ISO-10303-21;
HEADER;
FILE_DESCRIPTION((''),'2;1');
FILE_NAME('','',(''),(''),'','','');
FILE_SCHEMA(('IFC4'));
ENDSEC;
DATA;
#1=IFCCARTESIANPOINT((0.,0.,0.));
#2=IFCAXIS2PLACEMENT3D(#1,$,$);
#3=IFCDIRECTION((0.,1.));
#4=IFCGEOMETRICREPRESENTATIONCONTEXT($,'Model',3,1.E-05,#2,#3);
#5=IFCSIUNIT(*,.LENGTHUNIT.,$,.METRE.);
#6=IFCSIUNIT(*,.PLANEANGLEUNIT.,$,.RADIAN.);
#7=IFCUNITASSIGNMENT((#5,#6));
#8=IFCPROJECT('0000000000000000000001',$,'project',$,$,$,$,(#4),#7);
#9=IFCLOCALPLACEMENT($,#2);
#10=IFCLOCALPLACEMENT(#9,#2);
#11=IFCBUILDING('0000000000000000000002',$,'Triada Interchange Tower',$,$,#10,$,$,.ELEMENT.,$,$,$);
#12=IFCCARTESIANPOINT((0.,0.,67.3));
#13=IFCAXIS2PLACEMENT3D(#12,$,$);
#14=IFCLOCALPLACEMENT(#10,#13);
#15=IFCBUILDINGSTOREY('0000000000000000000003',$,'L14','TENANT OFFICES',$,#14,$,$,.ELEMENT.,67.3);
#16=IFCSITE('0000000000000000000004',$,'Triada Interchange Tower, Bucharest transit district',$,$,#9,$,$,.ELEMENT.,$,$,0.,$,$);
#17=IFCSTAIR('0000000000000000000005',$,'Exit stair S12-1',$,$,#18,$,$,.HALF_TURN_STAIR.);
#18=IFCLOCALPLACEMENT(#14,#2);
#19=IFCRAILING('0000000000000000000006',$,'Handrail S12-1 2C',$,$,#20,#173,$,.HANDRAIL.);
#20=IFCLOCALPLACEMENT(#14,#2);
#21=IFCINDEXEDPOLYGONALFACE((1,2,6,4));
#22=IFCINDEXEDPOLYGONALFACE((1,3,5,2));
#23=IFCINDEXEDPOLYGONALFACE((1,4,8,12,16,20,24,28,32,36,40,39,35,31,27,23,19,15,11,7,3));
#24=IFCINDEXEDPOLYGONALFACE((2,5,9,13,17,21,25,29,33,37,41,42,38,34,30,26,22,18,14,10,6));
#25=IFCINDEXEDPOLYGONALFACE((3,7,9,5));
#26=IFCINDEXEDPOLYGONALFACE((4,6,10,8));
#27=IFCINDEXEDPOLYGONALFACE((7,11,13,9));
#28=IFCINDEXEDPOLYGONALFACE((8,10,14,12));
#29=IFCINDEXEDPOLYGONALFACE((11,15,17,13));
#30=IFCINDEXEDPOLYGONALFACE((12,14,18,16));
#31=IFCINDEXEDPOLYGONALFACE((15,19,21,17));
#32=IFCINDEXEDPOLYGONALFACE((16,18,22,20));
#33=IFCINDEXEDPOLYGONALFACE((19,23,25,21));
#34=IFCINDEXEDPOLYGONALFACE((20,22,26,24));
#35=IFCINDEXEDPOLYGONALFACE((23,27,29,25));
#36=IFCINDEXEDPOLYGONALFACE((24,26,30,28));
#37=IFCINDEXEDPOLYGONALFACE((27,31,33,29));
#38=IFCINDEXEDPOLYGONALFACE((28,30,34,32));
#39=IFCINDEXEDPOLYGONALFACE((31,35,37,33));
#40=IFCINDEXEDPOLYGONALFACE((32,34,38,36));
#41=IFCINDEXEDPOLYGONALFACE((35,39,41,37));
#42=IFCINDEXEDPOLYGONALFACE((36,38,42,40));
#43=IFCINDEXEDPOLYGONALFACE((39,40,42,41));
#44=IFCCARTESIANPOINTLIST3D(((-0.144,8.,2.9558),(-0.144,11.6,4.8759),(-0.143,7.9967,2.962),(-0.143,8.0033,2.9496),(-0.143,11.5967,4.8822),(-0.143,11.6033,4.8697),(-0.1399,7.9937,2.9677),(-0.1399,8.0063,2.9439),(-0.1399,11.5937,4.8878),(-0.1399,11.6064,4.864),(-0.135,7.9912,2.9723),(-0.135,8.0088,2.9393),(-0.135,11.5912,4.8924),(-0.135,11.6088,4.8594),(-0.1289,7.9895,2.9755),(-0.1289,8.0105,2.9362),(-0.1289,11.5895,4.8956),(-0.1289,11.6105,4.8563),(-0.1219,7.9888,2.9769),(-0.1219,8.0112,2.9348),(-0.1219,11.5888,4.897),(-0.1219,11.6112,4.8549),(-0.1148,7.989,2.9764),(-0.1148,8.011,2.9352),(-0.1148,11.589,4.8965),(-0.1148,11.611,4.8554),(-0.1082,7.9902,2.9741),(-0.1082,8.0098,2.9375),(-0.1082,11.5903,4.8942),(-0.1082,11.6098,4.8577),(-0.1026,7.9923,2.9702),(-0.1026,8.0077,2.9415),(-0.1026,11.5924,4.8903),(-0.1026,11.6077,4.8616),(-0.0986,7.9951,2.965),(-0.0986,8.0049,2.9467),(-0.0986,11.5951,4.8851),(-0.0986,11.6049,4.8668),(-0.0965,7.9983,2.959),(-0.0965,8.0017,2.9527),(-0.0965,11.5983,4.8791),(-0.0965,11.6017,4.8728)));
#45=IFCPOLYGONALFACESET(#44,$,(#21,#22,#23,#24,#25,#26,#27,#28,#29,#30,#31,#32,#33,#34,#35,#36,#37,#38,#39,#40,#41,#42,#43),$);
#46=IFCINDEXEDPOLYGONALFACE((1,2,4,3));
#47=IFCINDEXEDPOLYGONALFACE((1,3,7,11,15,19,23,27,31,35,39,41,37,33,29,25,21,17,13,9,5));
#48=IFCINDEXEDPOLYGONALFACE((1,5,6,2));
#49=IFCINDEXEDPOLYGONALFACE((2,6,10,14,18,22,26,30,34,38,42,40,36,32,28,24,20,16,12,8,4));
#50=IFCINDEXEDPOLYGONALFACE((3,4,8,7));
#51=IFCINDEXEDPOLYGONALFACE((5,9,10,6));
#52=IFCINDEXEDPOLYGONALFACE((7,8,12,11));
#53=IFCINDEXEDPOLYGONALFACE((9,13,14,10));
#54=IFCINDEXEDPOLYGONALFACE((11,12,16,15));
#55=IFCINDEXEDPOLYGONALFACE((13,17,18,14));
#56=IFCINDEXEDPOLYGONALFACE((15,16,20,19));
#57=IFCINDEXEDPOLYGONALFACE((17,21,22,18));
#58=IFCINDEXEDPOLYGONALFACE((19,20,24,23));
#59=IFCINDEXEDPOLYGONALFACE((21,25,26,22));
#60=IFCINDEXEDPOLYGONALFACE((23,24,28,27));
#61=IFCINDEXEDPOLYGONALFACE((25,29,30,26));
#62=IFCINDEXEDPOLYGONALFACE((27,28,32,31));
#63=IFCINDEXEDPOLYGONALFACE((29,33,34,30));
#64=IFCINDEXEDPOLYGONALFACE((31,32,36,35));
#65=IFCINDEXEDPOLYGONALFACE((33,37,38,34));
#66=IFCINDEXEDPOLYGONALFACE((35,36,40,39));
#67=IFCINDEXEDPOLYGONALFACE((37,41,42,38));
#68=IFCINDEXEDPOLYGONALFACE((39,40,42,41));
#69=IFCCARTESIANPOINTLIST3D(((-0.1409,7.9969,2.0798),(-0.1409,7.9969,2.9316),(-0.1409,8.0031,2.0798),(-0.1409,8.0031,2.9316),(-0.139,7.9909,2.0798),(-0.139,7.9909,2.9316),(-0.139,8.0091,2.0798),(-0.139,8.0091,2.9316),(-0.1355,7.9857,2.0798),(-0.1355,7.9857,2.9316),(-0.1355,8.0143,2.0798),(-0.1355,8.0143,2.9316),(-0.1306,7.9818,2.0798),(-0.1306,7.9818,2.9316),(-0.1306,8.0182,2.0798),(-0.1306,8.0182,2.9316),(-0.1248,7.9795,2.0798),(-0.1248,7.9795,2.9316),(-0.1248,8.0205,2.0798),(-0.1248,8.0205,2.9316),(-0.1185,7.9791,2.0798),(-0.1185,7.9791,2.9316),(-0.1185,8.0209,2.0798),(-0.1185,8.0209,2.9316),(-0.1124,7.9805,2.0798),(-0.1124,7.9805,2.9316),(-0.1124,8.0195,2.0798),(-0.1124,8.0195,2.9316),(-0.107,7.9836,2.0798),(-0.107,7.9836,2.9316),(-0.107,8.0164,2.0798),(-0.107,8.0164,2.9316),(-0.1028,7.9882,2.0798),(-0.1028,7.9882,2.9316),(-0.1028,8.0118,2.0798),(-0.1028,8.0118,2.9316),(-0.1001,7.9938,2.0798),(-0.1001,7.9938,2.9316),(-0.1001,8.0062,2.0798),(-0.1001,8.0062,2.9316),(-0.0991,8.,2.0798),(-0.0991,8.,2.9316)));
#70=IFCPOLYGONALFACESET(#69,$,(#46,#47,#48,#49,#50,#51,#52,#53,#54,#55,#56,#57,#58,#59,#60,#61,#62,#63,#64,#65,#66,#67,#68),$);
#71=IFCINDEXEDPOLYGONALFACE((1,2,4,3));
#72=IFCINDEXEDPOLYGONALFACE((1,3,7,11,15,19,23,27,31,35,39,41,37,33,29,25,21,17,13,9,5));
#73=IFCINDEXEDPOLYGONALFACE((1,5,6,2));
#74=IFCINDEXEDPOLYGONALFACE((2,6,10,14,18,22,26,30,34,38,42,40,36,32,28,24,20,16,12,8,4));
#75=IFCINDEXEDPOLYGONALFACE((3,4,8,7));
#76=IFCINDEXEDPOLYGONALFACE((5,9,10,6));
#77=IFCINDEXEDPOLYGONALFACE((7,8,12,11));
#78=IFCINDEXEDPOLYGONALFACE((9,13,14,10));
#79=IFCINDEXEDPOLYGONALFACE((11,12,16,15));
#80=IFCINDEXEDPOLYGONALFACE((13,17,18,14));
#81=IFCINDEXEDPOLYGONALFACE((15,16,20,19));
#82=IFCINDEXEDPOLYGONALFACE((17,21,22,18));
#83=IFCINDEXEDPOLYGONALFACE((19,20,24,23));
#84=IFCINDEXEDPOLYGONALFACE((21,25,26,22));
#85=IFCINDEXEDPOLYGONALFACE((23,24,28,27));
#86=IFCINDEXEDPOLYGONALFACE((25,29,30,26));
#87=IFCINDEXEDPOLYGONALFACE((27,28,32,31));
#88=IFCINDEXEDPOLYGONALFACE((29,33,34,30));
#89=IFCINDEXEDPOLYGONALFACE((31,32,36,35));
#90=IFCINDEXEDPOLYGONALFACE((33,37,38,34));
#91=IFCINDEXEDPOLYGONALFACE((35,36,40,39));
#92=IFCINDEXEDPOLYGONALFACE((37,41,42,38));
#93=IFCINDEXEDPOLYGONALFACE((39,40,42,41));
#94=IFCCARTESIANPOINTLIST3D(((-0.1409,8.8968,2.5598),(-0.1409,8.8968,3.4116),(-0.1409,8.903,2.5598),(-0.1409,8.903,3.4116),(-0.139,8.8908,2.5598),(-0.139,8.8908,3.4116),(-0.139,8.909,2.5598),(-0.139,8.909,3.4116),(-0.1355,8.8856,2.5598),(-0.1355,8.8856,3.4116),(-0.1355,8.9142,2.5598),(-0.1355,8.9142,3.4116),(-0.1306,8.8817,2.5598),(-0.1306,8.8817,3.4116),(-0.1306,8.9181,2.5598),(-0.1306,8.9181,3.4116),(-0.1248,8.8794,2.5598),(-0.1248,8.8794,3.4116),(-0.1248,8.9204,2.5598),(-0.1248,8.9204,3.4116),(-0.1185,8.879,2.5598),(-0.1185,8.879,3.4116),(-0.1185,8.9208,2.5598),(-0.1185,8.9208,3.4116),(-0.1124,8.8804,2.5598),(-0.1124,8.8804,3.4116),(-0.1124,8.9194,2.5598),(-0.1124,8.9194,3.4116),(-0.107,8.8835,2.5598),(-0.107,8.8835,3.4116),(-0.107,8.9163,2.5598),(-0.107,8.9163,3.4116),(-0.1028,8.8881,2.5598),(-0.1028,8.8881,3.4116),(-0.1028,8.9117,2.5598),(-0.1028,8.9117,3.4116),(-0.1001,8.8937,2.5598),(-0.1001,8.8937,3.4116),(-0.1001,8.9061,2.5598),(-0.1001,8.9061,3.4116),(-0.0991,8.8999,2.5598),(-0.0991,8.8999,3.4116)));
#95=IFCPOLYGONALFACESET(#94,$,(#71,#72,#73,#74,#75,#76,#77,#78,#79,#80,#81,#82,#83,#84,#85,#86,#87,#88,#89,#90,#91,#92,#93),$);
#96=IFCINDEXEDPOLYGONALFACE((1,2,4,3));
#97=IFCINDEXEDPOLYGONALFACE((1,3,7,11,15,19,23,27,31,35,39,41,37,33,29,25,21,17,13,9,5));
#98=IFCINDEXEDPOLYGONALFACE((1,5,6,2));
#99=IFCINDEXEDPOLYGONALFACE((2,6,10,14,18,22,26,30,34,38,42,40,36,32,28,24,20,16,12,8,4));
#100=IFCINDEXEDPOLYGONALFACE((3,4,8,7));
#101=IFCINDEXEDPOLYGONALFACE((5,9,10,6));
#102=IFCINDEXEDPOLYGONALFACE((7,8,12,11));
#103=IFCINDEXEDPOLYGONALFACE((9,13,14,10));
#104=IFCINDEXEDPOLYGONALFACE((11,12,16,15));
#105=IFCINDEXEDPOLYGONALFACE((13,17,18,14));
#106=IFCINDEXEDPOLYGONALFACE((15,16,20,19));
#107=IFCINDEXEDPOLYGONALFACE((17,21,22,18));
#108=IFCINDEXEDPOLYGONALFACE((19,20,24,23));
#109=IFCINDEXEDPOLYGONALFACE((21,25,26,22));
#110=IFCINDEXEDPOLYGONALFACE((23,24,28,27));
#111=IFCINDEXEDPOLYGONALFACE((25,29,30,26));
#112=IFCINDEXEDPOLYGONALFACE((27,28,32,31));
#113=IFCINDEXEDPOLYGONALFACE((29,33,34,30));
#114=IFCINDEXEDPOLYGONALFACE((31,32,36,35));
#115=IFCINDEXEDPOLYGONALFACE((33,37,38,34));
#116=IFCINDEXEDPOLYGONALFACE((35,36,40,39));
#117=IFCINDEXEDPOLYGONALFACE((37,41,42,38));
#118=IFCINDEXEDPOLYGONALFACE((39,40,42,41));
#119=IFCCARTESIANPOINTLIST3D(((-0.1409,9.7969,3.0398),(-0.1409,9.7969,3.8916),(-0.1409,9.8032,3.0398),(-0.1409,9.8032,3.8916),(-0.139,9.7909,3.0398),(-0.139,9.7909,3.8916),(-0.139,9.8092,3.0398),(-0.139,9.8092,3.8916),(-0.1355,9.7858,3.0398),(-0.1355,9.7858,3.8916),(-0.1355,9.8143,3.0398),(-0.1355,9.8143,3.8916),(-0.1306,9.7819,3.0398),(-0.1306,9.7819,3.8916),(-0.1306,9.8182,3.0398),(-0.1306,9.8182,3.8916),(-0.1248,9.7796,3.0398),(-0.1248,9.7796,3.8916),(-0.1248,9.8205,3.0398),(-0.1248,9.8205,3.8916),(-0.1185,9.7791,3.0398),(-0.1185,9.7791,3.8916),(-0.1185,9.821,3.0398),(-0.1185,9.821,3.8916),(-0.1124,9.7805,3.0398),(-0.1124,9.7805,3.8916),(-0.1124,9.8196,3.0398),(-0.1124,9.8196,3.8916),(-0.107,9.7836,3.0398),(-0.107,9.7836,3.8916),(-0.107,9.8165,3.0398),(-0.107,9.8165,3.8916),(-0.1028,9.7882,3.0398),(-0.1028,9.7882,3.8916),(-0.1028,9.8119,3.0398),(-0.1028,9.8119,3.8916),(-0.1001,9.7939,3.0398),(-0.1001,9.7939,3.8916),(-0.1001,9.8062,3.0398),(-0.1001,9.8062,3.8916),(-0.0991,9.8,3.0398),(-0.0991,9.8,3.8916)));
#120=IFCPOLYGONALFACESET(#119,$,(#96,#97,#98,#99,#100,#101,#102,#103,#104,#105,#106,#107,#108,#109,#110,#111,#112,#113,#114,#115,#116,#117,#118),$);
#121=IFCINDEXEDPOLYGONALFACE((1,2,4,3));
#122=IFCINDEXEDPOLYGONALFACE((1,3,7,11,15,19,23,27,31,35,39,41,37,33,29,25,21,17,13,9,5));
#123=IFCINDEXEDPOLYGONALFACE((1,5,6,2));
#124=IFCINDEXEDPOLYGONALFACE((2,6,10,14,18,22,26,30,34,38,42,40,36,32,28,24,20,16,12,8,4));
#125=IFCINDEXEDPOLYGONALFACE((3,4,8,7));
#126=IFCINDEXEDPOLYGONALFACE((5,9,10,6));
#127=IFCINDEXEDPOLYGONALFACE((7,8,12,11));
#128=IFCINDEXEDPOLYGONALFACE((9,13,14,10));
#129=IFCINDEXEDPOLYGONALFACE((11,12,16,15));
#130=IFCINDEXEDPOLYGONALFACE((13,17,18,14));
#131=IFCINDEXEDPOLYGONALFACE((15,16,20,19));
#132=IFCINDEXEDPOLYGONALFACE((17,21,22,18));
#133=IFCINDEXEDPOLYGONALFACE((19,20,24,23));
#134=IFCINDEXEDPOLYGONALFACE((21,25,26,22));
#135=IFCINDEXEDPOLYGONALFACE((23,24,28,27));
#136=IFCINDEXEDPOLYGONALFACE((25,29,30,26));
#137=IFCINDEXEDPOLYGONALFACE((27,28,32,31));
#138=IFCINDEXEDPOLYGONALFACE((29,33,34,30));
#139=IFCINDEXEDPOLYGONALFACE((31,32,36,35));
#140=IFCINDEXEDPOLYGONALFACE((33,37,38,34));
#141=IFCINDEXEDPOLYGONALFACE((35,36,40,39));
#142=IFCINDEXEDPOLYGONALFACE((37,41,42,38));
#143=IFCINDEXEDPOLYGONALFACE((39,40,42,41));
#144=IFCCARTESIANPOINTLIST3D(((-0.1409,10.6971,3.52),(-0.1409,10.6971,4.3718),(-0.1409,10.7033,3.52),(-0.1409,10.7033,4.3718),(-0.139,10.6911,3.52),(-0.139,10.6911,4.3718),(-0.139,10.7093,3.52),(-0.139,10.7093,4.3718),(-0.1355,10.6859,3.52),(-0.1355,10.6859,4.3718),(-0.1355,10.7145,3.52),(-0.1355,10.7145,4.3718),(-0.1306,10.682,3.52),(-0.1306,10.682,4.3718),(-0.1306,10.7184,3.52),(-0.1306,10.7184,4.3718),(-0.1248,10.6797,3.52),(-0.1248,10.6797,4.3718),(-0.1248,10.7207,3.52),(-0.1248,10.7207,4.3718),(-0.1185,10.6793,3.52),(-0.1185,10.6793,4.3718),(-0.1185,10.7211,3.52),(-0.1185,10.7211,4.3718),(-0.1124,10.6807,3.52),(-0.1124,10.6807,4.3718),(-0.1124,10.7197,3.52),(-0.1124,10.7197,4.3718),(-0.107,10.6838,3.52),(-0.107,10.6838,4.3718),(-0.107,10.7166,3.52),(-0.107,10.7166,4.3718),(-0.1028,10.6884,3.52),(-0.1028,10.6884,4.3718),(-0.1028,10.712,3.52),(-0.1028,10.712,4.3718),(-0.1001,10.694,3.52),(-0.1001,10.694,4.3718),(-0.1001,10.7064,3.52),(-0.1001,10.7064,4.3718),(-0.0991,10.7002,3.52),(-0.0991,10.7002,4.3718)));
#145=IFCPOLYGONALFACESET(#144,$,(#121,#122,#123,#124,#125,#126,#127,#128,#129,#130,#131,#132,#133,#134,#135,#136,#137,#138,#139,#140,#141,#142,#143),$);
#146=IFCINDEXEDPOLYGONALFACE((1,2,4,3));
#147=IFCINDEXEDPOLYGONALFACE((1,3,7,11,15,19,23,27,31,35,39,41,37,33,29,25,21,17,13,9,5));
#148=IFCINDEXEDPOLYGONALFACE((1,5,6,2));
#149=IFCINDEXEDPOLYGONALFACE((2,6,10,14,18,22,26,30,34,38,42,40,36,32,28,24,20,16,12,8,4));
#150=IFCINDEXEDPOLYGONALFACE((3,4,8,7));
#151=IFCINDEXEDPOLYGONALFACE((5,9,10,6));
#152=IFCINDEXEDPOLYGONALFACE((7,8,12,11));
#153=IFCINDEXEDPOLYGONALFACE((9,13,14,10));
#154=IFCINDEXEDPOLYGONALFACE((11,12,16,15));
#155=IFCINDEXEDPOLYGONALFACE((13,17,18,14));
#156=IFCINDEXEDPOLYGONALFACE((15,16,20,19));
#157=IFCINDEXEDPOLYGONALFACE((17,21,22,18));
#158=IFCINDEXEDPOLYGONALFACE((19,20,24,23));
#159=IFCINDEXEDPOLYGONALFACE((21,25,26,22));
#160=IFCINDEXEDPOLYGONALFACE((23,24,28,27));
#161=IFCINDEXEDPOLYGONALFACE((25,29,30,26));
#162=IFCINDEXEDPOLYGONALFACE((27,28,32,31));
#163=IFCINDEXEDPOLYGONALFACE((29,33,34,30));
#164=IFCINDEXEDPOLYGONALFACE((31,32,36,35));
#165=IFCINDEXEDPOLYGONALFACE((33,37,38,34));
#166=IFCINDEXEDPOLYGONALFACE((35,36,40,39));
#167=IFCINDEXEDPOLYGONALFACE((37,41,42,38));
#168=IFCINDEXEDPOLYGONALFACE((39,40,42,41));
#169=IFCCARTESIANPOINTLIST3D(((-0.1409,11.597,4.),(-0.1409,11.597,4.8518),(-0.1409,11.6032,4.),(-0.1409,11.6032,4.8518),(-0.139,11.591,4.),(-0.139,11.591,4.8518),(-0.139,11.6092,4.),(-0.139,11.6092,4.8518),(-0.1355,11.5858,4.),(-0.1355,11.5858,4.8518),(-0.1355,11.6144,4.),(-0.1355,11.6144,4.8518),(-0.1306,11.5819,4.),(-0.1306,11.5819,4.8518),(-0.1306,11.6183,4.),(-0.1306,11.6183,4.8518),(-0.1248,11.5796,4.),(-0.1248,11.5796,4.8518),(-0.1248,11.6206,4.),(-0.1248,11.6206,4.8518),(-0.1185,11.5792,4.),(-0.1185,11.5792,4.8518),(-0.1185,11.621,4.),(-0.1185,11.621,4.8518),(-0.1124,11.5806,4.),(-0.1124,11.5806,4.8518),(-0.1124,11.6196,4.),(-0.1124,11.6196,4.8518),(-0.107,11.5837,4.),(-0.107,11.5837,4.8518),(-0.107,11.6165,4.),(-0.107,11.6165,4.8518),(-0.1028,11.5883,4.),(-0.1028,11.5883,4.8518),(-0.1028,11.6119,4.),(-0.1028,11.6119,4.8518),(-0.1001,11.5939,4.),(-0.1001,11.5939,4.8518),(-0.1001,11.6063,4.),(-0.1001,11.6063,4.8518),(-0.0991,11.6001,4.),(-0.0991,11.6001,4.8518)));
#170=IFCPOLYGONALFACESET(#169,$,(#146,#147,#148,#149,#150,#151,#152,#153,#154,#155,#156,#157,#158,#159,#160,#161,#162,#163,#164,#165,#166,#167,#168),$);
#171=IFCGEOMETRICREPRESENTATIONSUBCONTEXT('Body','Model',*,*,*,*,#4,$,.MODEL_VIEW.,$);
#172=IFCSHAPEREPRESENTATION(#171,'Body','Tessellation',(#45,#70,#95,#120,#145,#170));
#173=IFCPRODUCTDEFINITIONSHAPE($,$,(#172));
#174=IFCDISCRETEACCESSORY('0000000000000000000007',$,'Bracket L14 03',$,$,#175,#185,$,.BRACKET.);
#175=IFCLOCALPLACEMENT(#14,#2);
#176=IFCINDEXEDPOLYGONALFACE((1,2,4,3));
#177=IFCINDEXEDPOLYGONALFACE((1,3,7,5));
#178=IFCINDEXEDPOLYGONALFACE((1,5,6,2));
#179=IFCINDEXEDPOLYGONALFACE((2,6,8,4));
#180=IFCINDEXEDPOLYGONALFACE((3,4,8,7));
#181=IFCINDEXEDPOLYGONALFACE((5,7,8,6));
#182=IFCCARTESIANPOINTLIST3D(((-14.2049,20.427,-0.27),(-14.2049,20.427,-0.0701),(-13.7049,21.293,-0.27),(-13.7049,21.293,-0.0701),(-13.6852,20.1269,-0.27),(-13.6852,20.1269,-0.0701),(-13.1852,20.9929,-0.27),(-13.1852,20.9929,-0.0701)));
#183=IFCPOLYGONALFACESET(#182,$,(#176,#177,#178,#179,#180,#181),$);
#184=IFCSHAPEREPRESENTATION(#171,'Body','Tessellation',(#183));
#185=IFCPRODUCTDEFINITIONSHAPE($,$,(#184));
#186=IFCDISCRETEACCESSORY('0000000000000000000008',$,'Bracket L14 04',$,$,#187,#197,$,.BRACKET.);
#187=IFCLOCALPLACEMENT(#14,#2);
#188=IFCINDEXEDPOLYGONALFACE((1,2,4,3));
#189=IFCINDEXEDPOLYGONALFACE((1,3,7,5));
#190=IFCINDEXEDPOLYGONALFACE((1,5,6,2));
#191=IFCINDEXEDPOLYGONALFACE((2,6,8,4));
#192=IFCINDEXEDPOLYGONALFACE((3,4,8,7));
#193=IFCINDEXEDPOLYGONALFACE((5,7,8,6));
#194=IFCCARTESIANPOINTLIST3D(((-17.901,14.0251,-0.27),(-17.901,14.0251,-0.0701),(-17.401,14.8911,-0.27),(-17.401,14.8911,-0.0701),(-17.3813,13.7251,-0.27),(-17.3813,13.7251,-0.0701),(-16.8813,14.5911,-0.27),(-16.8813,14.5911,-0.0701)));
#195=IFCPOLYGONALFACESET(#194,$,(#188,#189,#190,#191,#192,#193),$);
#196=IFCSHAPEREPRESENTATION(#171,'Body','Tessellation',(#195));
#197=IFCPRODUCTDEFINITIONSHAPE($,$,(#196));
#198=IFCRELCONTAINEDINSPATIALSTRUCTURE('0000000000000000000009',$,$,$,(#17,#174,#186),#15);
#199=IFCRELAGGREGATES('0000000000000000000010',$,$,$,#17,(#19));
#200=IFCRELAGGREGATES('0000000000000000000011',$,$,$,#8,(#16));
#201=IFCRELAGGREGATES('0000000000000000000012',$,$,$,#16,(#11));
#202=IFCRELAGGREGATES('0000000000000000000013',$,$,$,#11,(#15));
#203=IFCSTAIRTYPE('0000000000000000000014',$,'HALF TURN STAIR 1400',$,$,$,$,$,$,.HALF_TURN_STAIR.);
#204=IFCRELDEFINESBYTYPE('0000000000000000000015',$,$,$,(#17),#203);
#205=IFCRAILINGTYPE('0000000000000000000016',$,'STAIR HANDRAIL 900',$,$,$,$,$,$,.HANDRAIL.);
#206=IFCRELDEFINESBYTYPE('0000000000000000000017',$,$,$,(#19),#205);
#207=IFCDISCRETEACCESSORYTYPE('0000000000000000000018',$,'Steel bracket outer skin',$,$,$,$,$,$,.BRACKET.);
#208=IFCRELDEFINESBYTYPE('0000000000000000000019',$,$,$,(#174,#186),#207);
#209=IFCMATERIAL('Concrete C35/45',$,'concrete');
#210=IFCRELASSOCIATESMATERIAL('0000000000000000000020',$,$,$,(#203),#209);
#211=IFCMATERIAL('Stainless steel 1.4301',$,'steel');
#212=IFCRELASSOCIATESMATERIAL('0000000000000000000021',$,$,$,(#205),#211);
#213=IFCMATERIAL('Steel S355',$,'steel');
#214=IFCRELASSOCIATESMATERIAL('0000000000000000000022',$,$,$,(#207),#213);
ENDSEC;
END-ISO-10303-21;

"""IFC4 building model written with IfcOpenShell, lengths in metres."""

from ifc_helpers import new_model, si_unit, direction, frame, origin, origin_2d, place, context, subcontext, project, spatial, rectangle, circle, extrude, material, type_object, element, aggregate, save


model = new_model("IFC4")

# Units and contexts
model_context = context("Model", 3, precision=1e-05, world=origin(), true_north=direction((0.0, 1.0)))
body_context = subcontext(model_context, "Body", "Model", "MODEL_VIEW")
ifc_project = project(units=[si_unit("LENGTHUNIT", "METRE"), si_unit("PLANEANGLEUNIT", "RADIAN")], contexts=[model_context])

# Site, building, storey
site_placement = place(None, origin())
site = spatial("IfcSite", under=ifc_project, at=site_placement, Name="Triada Interchange Tower, Bucharest transit district", CompositionType="ELEMENT", RefElevation=0.0)
building_placement = place(site_placement, origin())
building = spatial("IfcBuilding", under=site, at=building_placement, Name="Triada Interchange Tower", CompositionType="ELEMENT")
storey_placement = place(building_placement, frame((0.0, 0.0, 67.3)))
storey = spatial("IfcBuildingStorey", under=building, at=storey_placement, Name="L14", Description="TENANT OFFICES", CompositionType="ELEMENT", Elevation=67.3)

# Stair, railing
ifc_material_1 = material(Name="Concrete C35/45", Category="concrete")
stair_type = type_object("IfcStairType", Name="HALF TURN STAIR 1400", PredefinedType="HALF_TURN_STAIR", material=ifc_material_1)
stair_placement = place(storey_placement, origin())
stair = element("IfcStair", 1, at=stair_placement, inside=storey, type_object=stair_type, Name="Exit stair S12-1", PredefinedType="HALF_TURN_STAIR")
ifc_material_2 = material(Name="Stainless steel 1.4301", Category="steel")
railing_type = type_object("IfcRailingType", Name="STAIR HANDRAIL 900", PredefinedType="HANDRAIL", material=ifc_material_2)
railing_placement = place(storey_placement, frame((-0.1201, 8.0, 2.0798)))
railing = element("IfcRailing", 2, at=railing_placement, type_object=railing_type, Name="Handrail S12-1 2C", PredefinedType="HANDRAIL", context=body_context, shape_type="SweptSolid", body=[
    extrude(circle(Radius=0.0239, at=origin_2d()), frame((0.0, 0.0, 0.876), z_axis=(0.0, 0.882341, 0.47061), x_axis=(-1.0, 0.0, 0.0)), (0.0, 0.0, 1.0), 4.0801),
    extrude(circle(Radius=0.021, at=origin_2d()), origin(), (0.0, 0.0, 1.0), 0.8518),
    extrude(circle(Radius=0.021, at=origin_2d()), frame((0.0, 0.8999, 0.48)), (0.0, 0.0, 1.0), 0.8518),
    extrude(circle(Radius=0.021, at=origin_2d()), frame((0.0, 1.8, 0.96)), (0.0, 0.0, 1.0), 0.8518),
    extrude(circle(Radius=0.021, at=origin_2d()), frame((0.0, 2.7002, 1.4402)), (0.0, 0.0, 1.0), 0.8518),
    extrude(circle(Radius=0.021, at=origin_2d()), frame((0.0, 3.6001, 1.9202)), (0.0, 0.0, 1.0), 0.8518),
])
aggregate(stair, [railing])

# Discrete accessories
ifc_material_3 = material(Name="Steel S355", Category="steel")
discrete_accessory_type = type_object("IfcDiscreteAccessoryType", Name="Steel bracket outer skin", PredefinedType="BRACKET", material=ifc_material_3)
for number, where, z_axis, x_axis, name in (
    (3, (-13.6951, 20.71, -0.27), (0.0, 0.0, 1.0), (-0.866022, 0.500006, 0.0), "Bracket L14 03"),
    (4, (-17.3911, 14.3081, -0.27), (0.0, 0.0, 1.0), (-0.866022, 0.500006, 0.0), "Bracket L14 04"),
):
    element("IfcDiscreteAccessory", number, at=place(storey_placement, frame(where, z_axis=z_axis, x_axis=x_axis)), inside=storey, type_object=discrete_accessory_type, Name=name, PredefinedType="BRACKET", context=body_context, shape_type="SweptSolid", body=[
        extrude(rectangle(XDim=0.6001, YDim=1.0, at=origin_2d()), origin(), (0.0, 0.0, 1.0), 0.2),
    ])

save(model, "model.ifc")
